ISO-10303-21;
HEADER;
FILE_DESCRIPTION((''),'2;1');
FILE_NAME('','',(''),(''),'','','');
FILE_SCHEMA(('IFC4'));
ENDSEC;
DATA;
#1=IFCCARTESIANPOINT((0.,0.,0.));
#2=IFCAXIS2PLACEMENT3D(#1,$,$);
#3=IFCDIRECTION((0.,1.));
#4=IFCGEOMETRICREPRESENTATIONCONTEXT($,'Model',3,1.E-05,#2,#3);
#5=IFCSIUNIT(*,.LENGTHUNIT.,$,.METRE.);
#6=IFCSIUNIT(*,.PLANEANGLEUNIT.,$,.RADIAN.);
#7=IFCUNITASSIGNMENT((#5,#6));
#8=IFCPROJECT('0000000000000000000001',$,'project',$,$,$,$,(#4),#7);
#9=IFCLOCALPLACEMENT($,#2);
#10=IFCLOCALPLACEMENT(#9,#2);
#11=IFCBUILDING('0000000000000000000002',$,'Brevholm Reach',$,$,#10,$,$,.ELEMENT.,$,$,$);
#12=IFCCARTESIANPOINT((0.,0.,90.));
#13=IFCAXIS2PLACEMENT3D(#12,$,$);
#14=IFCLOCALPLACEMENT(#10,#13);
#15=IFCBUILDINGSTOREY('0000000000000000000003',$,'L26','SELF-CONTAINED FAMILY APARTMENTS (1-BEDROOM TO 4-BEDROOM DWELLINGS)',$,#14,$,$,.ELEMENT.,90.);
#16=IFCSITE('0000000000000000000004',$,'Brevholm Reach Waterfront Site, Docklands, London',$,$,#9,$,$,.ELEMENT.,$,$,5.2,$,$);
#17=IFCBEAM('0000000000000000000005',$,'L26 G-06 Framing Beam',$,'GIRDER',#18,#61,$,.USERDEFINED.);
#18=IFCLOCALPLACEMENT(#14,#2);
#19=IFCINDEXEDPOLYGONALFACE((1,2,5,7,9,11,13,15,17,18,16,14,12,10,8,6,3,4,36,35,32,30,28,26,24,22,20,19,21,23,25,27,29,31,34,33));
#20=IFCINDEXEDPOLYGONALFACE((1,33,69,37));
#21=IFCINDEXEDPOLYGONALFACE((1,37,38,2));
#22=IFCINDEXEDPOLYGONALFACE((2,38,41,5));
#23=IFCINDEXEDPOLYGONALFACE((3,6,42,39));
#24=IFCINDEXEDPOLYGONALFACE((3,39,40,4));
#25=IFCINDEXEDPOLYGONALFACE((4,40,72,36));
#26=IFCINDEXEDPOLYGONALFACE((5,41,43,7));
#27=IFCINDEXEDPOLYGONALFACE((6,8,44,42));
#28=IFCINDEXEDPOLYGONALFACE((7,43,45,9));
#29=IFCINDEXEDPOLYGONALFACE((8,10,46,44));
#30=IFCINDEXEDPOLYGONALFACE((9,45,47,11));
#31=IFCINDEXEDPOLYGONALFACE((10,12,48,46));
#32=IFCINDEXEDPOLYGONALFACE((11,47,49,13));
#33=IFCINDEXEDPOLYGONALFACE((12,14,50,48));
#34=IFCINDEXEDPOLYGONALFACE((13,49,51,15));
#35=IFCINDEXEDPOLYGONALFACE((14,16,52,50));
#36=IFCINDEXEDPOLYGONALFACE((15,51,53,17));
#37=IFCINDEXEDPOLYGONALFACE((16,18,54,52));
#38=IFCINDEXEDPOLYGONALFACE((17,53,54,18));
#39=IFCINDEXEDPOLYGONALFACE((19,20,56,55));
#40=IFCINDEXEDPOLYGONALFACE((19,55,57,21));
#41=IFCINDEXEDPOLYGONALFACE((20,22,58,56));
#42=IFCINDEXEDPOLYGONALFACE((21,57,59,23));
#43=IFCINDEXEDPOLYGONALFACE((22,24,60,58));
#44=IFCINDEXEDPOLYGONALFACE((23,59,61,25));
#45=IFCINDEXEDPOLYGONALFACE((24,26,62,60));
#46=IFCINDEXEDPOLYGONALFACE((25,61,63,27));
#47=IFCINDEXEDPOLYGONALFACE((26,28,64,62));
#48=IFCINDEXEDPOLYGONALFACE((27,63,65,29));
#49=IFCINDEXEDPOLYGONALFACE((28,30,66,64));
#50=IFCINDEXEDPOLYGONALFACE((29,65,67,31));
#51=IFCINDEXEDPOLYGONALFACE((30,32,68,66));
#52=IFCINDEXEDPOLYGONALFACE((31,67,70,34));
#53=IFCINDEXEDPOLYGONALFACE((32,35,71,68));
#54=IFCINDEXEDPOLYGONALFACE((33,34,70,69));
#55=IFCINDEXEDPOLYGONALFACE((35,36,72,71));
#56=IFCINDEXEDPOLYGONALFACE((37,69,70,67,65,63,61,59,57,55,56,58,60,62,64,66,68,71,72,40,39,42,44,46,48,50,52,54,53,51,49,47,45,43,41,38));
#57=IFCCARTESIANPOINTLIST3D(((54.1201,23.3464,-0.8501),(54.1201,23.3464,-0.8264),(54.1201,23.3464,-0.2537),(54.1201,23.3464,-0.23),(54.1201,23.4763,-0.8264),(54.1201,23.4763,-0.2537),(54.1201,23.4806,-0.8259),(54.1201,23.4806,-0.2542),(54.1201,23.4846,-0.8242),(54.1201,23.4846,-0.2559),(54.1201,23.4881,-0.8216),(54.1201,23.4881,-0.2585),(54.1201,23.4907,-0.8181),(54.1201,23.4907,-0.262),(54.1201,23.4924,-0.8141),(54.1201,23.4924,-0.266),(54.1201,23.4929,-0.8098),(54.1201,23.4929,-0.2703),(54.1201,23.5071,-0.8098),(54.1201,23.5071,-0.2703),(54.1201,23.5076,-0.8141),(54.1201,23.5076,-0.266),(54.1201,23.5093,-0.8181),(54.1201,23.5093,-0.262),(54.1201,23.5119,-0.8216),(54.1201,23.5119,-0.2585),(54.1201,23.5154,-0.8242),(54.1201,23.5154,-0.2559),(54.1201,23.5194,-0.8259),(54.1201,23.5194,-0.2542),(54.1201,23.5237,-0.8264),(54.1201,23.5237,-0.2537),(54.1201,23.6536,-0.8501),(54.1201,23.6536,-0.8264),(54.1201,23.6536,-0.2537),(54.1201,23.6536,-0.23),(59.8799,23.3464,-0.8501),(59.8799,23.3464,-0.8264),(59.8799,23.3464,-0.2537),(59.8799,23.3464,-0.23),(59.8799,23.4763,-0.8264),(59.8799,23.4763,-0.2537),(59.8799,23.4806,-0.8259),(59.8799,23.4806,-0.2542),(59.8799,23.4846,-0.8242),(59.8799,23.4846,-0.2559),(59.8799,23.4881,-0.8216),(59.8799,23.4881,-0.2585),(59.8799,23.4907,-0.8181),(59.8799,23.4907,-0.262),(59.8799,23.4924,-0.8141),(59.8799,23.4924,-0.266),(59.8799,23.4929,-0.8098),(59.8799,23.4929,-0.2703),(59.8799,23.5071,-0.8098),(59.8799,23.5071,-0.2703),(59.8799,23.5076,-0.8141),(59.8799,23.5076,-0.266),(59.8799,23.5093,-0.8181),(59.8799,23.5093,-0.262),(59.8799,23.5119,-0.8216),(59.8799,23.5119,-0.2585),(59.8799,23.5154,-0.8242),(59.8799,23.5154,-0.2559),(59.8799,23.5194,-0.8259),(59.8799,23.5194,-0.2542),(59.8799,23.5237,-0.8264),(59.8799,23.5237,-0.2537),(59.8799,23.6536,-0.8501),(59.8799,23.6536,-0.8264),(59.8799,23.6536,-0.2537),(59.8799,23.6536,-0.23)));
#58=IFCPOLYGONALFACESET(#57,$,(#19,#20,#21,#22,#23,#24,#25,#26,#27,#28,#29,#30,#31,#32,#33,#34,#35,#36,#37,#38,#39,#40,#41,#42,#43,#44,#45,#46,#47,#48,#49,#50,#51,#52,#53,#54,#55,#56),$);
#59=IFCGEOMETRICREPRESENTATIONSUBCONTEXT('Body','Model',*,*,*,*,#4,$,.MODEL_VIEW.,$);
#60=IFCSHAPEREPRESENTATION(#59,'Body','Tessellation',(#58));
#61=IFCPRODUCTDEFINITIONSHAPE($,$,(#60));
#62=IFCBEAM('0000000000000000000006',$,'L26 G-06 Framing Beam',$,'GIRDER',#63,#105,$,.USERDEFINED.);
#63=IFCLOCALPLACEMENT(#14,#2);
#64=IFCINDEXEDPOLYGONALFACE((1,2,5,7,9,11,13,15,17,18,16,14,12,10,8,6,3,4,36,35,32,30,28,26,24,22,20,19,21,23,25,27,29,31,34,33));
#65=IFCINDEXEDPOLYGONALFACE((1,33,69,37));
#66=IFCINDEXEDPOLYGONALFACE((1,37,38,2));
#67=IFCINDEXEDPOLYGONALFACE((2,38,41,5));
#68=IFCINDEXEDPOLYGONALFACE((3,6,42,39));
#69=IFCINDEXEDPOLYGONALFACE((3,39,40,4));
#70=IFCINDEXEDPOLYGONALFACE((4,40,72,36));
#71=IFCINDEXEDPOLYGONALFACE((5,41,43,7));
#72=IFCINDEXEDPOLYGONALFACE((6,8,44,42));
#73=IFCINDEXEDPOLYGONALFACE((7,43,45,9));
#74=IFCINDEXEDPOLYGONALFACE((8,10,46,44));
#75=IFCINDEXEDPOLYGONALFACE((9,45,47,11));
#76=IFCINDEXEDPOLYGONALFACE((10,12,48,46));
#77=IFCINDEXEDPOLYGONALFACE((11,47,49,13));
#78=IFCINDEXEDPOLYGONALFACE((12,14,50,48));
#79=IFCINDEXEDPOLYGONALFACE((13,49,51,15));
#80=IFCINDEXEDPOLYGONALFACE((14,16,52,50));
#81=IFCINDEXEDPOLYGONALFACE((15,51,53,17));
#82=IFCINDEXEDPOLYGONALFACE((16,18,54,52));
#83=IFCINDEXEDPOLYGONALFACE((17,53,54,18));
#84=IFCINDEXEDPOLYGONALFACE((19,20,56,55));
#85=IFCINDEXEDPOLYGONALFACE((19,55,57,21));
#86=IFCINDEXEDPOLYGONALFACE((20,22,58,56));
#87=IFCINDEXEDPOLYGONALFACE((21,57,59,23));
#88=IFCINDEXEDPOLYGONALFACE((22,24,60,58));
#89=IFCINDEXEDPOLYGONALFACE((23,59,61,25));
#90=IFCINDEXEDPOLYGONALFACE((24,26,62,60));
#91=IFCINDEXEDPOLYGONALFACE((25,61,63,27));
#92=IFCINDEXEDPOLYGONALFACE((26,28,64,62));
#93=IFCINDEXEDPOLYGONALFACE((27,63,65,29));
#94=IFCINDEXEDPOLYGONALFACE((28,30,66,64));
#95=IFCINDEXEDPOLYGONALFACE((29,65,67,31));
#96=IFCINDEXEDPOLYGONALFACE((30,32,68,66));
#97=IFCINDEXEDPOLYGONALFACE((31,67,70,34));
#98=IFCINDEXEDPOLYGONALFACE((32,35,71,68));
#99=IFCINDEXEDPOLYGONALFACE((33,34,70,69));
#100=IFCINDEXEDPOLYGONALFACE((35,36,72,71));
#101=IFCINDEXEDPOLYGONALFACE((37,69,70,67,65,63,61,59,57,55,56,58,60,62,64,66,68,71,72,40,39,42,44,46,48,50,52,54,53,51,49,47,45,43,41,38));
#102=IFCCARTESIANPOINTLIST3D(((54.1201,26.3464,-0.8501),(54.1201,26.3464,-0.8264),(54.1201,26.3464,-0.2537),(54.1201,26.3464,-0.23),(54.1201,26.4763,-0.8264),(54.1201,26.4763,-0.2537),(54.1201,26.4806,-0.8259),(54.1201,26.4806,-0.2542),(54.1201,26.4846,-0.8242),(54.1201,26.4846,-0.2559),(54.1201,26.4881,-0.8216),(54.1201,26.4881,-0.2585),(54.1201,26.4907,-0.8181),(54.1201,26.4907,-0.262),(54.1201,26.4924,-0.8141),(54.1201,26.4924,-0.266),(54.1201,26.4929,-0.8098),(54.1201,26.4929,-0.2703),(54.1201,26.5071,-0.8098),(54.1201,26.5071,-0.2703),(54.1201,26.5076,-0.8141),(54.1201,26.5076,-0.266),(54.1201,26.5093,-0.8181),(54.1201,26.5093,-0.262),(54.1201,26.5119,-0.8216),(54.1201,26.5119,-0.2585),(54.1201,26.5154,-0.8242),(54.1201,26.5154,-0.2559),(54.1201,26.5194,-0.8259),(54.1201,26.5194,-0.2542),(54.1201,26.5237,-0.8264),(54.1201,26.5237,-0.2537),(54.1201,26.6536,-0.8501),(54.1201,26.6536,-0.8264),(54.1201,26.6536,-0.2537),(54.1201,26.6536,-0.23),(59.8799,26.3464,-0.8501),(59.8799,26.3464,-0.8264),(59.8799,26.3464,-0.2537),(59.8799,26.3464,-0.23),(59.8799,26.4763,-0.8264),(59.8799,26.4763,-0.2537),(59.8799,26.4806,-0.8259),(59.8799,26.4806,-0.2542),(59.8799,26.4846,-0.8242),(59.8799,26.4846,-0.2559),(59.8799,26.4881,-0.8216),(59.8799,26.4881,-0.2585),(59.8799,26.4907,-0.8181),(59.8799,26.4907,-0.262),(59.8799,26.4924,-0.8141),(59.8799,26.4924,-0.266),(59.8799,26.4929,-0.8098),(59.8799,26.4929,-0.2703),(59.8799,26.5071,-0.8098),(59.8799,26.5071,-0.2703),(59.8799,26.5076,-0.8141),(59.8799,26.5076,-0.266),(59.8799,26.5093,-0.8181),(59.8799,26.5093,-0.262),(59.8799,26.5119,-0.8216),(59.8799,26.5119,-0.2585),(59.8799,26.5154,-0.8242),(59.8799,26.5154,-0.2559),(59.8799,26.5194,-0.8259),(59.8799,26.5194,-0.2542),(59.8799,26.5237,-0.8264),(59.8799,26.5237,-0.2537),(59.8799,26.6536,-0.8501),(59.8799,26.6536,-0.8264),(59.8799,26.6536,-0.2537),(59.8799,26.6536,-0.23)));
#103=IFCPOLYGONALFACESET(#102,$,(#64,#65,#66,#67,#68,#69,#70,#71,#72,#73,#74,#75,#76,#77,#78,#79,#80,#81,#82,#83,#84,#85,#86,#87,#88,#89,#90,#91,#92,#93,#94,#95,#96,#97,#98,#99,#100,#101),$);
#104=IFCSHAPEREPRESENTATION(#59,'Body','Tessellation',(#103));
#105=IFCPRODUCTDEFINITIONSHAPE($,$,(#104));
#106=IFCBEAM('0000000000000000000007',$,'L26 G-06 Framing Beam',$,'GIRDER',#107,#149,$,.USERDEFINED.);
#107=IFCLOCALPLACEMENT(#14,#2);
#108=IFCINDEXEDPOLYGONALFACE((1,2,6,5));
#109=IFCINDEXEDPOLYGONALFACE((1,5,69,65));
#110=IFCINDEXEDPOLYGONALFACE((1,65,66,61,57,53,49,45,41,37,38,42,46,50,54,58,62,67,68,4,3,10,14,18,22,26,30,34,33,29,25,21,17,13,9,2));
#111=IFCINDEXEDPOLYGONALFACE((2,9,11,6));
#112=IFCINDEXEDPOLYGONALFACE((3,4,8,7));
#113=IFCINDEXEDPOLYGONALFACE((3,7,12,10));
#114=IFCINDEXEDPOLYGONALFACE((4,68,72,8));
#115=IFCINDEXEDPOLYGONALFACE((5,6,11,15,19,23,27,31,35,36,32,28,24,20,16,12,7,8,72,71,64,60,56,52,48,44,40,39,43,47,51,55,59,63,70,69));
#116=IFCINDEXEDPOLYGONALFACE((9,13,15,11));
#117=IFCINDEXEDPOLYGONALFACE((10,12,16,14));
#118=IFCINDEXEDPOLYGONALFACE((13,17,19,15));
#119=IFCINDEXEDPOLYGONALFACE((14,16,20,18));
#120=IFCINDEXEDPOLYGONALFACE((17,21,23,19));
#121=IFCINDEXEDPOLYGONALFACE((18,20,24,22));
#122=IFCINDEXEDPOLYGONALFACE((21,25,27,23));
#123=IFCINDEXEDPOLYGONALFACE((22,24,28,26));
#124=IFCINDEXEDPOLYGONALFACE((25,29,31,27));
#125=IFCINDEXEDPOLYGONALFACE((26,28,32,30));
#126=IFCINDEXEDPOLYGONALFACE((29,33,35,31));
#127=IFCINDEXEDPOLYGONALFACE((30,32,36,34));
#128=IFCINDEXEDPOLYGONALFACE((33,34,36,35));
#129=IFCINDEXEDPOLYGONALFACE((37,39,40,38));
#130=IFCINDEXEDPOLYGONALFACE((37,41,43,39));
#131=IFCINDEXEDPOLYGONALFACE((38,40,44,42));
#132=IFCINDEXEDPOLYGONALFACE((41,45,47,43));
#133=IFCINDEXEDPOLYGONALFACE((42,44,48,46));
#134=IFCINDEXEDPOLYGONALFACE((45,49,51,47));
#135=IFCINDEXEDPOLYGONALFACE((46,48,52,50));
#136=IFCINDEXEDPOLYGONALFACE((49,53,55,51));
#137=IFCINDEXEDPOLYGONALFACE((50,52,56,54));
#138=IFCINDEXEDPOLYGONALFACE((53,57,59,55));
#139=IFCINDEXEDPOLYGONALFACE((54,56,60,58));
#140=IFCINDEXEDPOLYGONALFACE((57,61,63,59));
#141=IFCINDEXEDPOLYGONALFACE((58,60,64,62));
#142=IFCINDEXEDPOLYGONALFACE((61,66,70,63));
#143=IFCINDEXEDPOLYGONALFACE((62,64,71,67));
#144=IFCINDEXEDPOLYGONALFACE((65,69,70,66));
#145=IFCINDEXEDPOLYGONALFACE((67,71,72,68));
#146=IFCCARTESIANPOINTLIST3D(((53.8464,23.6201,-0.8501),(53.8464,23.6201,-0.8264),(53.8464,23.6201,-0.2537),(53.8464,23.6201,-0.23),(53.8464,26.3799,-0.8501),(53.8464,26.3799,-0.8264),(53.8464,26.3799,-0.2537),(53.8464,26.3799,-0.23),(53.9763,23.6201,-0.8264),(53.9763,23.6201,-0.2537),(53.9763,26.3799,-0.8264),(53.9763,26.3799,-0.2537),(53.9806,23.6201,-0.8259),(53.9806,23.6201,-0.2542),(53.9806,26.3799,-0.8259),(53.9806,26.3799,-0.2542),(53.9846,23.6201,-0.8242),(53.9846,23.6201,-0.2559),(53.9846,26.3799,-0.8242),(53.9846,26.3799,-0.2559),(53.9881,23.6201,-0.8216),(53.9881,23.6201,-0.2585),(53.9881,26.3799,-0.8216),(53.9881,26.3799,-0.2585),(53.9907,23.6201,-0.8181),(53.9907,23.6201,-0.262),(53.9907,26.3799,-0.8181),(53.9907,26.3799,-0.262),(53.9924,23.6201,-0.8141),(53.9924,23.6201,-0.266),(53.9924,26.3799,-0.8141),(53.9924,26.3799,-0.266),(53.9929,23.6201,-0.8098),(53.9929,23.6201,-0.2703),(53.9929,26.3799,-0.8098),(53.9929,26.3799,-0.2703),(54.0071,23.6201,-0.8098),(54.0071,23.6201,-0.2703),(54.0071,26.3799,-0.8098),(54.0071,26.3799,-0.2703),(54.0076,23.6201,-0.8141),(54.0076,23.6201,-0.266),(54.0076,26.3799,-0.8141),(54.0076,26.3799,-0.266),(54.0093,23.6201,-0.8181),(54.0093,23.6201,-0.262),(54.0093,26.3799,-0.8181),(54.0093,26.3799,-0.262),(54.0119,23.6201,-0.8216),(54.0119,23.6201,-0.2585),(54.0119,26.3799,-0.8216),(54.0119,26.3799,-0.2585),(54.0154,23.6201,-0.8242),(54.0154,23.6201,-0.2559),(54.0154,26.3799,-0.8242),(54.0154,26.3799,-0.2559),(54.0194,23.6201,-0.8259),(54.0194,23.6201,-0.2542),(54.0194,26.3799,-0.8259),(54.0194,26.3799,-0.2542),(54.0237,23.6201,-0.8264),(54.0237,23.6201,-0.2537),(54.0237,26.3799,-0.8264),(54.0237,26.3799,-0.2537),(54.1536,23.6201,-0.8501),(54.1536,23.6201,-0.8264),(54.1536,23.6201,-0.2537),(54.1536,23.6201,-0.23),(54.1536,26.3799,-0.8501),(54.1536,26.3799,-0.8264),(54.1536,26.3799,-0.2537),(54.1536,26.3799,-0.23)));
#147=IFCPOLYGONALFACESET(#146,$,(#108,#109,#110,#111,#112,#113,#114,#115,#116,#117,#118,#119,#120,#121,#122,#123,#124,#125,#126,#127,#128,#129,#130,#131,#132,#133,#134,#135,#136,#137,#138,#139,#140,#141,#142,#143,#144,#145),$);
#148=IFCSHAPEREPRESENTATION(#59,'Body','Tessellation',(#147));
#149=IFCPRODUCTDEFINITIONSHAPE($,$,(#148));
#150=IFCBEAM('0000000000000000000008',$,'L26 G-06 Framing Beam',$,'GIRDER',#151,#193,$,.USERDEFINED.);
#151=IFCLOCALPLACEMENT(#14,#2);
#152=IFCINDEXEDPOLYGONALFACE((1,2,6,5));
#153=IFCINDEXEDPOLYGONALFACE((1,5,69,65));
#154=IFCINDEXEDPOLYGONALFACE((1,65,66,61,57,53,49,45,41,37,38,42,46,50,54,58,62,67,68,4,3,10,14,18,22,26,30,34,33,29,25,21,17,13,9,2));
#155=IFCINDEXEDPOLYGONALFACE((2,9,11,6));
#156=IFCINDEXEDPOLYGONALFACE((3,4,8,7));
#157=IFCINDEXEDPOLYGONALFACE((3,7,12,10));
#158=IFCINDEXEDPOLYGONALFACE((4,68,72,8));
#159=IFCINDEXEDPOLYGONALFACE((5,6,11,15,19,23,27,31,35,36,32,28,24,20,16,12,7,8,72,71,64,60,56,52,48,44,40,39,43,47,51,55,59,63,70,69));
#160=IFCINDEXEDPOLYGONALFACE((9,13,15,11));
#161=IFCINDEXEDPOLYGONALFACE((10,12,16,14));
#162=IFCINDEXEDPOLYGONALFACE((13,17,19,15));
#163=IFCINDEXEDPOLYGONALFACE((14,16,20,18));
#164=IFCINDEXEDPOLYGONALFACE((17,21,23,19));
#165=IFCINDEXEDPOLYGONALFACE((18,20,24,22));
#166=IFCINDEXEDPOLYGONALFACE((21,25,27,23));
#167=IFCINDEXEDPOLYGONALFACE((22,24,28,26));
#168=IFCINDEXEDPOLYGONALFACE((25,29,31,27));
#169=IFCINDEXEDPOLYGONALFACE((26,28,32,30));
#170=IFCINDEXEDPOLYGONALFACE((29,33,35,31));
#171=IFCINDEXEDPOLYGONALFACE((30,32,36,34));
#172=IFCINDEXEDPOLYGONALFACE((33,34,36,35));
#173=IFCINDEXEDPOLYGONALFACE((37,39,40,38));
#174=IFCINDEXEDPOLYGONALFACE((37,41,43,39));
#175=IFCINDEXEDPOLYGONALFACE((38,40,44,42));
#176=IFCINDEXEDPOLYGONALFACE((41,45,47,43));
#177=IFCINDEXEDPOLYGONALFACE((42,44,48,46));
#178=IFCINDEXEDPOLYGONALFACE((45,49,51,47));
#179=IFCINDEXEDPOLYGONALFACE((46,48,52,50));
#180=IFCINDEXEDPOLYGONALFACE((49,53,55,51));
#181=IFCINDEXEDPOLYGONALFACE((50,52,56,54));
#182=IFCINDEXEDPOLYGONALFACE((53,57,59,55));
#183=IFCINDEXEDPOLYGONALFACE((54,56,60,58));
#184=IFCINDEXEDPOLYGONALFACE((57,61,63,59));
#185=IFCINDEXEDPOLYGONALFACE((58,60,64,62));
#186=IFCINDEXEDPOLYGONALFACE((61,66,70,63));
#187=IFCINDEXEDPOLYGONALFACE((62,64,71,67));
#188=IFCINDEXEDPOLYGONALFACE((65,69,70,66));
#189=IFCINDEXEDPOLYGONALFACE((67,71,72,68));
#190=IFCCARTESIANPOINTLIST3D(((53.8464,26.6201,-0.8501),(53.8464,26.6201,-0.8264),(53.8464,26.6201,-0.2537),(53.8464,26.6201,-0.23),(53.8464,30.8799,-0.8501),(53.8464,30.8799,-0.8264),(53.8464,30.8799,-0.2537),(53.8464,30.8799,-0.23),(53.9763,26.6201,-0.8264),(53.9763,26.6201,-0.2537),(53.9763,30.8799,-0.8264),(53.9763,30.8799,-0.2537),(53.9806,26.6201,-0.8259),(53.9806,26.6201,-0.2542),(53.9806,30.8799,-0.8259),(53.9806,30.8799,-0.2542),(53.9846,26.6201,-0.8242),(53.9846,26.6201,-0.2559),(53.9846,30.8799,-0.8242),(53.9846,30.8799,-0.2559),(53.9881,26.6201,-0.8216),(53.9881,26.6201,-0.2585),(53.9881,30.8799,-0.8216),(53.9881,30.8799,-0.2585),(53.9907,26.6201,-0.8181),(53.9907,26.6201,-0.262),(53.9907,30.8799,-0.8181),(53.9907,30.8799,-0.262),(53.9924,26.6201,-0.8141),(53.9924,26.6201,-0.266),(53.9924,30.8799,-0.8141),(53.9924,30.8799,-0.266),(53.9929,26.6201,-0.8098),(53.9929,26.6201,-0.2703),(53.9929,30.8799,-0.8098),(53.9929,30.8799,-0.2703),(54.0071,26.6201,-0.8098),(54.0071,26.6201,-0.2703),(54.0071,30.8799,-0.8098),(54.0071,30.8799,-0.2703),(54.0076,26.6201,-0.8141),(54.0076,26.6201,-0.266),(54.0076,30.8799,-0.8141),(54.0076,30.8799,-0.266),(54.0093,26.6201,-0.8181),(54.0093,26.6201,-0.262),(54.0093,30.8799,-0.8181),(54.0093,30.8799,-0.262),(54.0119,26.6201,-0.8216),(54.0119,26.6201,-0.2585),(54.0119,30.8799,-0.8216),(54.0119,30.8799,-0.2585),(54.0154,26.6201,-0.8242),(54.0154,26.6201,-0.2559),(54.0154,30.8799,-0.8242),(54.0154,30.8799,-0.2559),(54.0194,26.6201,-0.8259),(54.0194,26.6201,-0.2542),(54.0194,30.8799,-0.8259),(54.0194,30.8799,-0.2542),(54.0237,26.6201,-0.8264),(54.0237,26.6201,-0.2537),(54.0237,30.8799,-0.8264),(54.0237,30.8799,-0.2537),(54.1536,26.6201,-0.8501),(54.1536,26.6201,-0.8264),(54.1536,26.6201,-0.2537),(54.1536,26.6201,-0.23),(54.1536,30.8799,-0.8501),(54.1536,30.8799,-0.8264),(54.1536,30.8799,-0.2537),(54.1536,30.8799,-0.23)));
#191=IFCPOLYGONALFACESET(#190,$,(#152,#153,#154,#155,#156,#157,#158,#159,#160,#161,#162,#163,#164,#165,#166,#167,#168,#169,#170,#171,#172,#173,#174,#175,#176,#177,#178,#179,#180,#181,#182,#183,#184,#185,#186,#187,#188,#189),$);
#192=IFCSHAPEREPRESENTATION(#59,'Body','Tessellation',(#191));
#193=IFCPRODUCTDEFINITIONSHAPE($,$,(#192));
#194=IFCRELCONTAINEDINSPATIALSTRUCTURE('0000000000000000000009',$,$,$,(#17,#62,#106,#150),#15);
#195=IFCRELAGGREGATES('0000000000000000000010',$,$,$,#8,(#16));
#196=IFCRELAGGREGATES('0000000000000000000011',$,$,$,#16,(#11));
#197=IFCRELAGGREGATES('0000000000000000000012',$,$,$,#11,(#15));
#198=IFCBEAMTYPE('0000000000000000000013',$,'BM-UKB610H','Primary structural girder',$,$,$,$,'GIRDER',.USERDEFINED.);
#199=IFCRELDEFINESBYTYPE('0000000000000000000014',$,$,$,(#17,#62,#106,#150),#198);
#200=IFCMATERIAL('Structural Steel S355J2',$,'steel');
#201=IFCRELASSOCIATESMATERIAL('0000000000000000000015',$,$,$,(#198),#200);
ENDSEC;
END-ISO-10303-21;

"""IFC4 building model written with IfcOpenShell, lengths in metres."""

from ifc_helpers import new_model, si_unit, direction, frame, origin, origin_2d, place, context, subcontext, project, spatial, i_section, extrude, material, material_profile, profile_set, type_object, element, save


model = new_model("IFC4")

# Units and contexts
model_context = context("Model", 3, precision=1e-05, world=origin(), true_north=direction((0.0, 1.0)))
body_context = subcontext(model_context, "Body", "Model", "MODEL_VIEW")
ifc_project = project(units=[si_unit("LENGTHUNIT", "METRE"), si_unit("PLANEANGLEUNIT", "RADIAN")], contexts=[model_context])

# Site, building, storey
site_placement = place(None, origin())
site = spatial("IfcSite", under=ifc_project, at=site_placement, Name="Brevholm Reach Waterfront Site, Docklands, London", CompositionType="ELEMENT", RefElevation=5.2)
building_placement = place(site_placement, origin())
building = spatial("IfcBuilding", under=site, at=building_placement, Name="Brevholm Reach", CompositionType="ELEMENT")
storey_placement = place(building_placement, frame((0.0, 0.0, 90.0)))
storey = spatial("IfcBuildingStorey", under=building, at=storey_placement, Name="L26", Description="SELF-CONTAINED FAMILY APARTMENTS (1-BEDROOM TO 4-BEDROOM DWELLINGS)", CompositionType="ELEMENT", Elevation=90.0)

# Beams
ifc_material_1 = material(Name="Structural Steel S355J2", Category="steel")
ifc_material_profile_1 = material_profile(ifc_material_1, i_section(OverallWidth=0.3071, OverallDepth=0.6201, WebThickness=0.0142, FlangeThickness=0.0237, FilletRadius=0.0166, at=origin_2d()), Name="UKB 610x305x179")
ifc_profile_set_1 = profile_set([ifc_material_profile_1], Name="Structural Steel S355J2")
beam_type_1 = type_object("IfcBeamType", Name="BM-UKB610H", Description="Primary structural girder", ElementType="GIRDER", PredefinedType="USERDEFINED", material=ifc_profile_set_1)
for number, where, z_axis, x_axis, name in (
    (1, (54.1201, 23.5, -0.54), (1.0, 0.0, 0.0), (0.0, 1.0, 0.0), "L26 G-06 Framing Beam"),
    (2, (54.1201, 26.5, -0.54), (1.0, 0.0, 0.0), (0.0, 1.0, 0.0), "L26 G-06 Framing Beam"),
):
    element("IfcBeam", number, at=place(storey_placement, frame(where, z_axis=z_axis, x_axis=x_axis)), inside=storey, type_object=beam_type_1, Name=name, ObjectType="GIRDER", PredefinedType="USERDEFINED", context=body_context, shape_type="SweptSolid", body=[
        extrude(i_section(OverallWidth=0.3071, OverallDepth=0.6201, WebThickness=0.0142, FlangeThickness=0.0237, FilletRadius=0.0166, at=origin_2d()), origin(), (0.0, 0.0, 1.0), 5.7598),
    ])
beam_1_placement = place(storey_placement, frame((54.0, 23.6201, -0.54), z_axis=(0.0, 1.0, 0.0), x_axis=(-1.0, 0.0, 0.0)))
element("IfcBeam", 3, at=beam_1_placement, inside=storey, type_object=beam_type_1, Name="L26 G-06 Framing Beam", ObjectType="GIRDER", PredefinedType="USERDEFINED", context=body_context, shape_type="SweptSolid", body=[
    extrude(i_section(OverallWidth=0.3071, OverallDepth=0.6201, WebThickness=0.0142, FlangeThickness=0.0237, FilletRadius=0.0166, at=origin_2d()), origin(), (0.0, 0.0, 1.0), 2.7598),
])
beam_2_placement = place(storey_placement, frame((54.0, 26.6201, -0.54), z_axis=(0.0, 1.0, 0.0), x_axis=(-1.0, 0.0, 0.0)))
element("IfcBeam", 4, at=beam_2_placement, inside=storey, type_object=beam_type_1, Name="L26 G-06 Framing Beam", ObjectType="GIRDER", PredefinedType="USERDEFINED", context=body_context, shape_type="SweptSolid", body=[
    extrude(i_section(OverallWidth=0.3071, OverallDepth=0.6201, WebThickness=0.0142, FlangeThickness=0.0237, FilletRadius=0.0166, at=origin_2d()), origin(), (0.0, 0.0, 1.0), 4.2598),
])

save(model, "model.ifc")
